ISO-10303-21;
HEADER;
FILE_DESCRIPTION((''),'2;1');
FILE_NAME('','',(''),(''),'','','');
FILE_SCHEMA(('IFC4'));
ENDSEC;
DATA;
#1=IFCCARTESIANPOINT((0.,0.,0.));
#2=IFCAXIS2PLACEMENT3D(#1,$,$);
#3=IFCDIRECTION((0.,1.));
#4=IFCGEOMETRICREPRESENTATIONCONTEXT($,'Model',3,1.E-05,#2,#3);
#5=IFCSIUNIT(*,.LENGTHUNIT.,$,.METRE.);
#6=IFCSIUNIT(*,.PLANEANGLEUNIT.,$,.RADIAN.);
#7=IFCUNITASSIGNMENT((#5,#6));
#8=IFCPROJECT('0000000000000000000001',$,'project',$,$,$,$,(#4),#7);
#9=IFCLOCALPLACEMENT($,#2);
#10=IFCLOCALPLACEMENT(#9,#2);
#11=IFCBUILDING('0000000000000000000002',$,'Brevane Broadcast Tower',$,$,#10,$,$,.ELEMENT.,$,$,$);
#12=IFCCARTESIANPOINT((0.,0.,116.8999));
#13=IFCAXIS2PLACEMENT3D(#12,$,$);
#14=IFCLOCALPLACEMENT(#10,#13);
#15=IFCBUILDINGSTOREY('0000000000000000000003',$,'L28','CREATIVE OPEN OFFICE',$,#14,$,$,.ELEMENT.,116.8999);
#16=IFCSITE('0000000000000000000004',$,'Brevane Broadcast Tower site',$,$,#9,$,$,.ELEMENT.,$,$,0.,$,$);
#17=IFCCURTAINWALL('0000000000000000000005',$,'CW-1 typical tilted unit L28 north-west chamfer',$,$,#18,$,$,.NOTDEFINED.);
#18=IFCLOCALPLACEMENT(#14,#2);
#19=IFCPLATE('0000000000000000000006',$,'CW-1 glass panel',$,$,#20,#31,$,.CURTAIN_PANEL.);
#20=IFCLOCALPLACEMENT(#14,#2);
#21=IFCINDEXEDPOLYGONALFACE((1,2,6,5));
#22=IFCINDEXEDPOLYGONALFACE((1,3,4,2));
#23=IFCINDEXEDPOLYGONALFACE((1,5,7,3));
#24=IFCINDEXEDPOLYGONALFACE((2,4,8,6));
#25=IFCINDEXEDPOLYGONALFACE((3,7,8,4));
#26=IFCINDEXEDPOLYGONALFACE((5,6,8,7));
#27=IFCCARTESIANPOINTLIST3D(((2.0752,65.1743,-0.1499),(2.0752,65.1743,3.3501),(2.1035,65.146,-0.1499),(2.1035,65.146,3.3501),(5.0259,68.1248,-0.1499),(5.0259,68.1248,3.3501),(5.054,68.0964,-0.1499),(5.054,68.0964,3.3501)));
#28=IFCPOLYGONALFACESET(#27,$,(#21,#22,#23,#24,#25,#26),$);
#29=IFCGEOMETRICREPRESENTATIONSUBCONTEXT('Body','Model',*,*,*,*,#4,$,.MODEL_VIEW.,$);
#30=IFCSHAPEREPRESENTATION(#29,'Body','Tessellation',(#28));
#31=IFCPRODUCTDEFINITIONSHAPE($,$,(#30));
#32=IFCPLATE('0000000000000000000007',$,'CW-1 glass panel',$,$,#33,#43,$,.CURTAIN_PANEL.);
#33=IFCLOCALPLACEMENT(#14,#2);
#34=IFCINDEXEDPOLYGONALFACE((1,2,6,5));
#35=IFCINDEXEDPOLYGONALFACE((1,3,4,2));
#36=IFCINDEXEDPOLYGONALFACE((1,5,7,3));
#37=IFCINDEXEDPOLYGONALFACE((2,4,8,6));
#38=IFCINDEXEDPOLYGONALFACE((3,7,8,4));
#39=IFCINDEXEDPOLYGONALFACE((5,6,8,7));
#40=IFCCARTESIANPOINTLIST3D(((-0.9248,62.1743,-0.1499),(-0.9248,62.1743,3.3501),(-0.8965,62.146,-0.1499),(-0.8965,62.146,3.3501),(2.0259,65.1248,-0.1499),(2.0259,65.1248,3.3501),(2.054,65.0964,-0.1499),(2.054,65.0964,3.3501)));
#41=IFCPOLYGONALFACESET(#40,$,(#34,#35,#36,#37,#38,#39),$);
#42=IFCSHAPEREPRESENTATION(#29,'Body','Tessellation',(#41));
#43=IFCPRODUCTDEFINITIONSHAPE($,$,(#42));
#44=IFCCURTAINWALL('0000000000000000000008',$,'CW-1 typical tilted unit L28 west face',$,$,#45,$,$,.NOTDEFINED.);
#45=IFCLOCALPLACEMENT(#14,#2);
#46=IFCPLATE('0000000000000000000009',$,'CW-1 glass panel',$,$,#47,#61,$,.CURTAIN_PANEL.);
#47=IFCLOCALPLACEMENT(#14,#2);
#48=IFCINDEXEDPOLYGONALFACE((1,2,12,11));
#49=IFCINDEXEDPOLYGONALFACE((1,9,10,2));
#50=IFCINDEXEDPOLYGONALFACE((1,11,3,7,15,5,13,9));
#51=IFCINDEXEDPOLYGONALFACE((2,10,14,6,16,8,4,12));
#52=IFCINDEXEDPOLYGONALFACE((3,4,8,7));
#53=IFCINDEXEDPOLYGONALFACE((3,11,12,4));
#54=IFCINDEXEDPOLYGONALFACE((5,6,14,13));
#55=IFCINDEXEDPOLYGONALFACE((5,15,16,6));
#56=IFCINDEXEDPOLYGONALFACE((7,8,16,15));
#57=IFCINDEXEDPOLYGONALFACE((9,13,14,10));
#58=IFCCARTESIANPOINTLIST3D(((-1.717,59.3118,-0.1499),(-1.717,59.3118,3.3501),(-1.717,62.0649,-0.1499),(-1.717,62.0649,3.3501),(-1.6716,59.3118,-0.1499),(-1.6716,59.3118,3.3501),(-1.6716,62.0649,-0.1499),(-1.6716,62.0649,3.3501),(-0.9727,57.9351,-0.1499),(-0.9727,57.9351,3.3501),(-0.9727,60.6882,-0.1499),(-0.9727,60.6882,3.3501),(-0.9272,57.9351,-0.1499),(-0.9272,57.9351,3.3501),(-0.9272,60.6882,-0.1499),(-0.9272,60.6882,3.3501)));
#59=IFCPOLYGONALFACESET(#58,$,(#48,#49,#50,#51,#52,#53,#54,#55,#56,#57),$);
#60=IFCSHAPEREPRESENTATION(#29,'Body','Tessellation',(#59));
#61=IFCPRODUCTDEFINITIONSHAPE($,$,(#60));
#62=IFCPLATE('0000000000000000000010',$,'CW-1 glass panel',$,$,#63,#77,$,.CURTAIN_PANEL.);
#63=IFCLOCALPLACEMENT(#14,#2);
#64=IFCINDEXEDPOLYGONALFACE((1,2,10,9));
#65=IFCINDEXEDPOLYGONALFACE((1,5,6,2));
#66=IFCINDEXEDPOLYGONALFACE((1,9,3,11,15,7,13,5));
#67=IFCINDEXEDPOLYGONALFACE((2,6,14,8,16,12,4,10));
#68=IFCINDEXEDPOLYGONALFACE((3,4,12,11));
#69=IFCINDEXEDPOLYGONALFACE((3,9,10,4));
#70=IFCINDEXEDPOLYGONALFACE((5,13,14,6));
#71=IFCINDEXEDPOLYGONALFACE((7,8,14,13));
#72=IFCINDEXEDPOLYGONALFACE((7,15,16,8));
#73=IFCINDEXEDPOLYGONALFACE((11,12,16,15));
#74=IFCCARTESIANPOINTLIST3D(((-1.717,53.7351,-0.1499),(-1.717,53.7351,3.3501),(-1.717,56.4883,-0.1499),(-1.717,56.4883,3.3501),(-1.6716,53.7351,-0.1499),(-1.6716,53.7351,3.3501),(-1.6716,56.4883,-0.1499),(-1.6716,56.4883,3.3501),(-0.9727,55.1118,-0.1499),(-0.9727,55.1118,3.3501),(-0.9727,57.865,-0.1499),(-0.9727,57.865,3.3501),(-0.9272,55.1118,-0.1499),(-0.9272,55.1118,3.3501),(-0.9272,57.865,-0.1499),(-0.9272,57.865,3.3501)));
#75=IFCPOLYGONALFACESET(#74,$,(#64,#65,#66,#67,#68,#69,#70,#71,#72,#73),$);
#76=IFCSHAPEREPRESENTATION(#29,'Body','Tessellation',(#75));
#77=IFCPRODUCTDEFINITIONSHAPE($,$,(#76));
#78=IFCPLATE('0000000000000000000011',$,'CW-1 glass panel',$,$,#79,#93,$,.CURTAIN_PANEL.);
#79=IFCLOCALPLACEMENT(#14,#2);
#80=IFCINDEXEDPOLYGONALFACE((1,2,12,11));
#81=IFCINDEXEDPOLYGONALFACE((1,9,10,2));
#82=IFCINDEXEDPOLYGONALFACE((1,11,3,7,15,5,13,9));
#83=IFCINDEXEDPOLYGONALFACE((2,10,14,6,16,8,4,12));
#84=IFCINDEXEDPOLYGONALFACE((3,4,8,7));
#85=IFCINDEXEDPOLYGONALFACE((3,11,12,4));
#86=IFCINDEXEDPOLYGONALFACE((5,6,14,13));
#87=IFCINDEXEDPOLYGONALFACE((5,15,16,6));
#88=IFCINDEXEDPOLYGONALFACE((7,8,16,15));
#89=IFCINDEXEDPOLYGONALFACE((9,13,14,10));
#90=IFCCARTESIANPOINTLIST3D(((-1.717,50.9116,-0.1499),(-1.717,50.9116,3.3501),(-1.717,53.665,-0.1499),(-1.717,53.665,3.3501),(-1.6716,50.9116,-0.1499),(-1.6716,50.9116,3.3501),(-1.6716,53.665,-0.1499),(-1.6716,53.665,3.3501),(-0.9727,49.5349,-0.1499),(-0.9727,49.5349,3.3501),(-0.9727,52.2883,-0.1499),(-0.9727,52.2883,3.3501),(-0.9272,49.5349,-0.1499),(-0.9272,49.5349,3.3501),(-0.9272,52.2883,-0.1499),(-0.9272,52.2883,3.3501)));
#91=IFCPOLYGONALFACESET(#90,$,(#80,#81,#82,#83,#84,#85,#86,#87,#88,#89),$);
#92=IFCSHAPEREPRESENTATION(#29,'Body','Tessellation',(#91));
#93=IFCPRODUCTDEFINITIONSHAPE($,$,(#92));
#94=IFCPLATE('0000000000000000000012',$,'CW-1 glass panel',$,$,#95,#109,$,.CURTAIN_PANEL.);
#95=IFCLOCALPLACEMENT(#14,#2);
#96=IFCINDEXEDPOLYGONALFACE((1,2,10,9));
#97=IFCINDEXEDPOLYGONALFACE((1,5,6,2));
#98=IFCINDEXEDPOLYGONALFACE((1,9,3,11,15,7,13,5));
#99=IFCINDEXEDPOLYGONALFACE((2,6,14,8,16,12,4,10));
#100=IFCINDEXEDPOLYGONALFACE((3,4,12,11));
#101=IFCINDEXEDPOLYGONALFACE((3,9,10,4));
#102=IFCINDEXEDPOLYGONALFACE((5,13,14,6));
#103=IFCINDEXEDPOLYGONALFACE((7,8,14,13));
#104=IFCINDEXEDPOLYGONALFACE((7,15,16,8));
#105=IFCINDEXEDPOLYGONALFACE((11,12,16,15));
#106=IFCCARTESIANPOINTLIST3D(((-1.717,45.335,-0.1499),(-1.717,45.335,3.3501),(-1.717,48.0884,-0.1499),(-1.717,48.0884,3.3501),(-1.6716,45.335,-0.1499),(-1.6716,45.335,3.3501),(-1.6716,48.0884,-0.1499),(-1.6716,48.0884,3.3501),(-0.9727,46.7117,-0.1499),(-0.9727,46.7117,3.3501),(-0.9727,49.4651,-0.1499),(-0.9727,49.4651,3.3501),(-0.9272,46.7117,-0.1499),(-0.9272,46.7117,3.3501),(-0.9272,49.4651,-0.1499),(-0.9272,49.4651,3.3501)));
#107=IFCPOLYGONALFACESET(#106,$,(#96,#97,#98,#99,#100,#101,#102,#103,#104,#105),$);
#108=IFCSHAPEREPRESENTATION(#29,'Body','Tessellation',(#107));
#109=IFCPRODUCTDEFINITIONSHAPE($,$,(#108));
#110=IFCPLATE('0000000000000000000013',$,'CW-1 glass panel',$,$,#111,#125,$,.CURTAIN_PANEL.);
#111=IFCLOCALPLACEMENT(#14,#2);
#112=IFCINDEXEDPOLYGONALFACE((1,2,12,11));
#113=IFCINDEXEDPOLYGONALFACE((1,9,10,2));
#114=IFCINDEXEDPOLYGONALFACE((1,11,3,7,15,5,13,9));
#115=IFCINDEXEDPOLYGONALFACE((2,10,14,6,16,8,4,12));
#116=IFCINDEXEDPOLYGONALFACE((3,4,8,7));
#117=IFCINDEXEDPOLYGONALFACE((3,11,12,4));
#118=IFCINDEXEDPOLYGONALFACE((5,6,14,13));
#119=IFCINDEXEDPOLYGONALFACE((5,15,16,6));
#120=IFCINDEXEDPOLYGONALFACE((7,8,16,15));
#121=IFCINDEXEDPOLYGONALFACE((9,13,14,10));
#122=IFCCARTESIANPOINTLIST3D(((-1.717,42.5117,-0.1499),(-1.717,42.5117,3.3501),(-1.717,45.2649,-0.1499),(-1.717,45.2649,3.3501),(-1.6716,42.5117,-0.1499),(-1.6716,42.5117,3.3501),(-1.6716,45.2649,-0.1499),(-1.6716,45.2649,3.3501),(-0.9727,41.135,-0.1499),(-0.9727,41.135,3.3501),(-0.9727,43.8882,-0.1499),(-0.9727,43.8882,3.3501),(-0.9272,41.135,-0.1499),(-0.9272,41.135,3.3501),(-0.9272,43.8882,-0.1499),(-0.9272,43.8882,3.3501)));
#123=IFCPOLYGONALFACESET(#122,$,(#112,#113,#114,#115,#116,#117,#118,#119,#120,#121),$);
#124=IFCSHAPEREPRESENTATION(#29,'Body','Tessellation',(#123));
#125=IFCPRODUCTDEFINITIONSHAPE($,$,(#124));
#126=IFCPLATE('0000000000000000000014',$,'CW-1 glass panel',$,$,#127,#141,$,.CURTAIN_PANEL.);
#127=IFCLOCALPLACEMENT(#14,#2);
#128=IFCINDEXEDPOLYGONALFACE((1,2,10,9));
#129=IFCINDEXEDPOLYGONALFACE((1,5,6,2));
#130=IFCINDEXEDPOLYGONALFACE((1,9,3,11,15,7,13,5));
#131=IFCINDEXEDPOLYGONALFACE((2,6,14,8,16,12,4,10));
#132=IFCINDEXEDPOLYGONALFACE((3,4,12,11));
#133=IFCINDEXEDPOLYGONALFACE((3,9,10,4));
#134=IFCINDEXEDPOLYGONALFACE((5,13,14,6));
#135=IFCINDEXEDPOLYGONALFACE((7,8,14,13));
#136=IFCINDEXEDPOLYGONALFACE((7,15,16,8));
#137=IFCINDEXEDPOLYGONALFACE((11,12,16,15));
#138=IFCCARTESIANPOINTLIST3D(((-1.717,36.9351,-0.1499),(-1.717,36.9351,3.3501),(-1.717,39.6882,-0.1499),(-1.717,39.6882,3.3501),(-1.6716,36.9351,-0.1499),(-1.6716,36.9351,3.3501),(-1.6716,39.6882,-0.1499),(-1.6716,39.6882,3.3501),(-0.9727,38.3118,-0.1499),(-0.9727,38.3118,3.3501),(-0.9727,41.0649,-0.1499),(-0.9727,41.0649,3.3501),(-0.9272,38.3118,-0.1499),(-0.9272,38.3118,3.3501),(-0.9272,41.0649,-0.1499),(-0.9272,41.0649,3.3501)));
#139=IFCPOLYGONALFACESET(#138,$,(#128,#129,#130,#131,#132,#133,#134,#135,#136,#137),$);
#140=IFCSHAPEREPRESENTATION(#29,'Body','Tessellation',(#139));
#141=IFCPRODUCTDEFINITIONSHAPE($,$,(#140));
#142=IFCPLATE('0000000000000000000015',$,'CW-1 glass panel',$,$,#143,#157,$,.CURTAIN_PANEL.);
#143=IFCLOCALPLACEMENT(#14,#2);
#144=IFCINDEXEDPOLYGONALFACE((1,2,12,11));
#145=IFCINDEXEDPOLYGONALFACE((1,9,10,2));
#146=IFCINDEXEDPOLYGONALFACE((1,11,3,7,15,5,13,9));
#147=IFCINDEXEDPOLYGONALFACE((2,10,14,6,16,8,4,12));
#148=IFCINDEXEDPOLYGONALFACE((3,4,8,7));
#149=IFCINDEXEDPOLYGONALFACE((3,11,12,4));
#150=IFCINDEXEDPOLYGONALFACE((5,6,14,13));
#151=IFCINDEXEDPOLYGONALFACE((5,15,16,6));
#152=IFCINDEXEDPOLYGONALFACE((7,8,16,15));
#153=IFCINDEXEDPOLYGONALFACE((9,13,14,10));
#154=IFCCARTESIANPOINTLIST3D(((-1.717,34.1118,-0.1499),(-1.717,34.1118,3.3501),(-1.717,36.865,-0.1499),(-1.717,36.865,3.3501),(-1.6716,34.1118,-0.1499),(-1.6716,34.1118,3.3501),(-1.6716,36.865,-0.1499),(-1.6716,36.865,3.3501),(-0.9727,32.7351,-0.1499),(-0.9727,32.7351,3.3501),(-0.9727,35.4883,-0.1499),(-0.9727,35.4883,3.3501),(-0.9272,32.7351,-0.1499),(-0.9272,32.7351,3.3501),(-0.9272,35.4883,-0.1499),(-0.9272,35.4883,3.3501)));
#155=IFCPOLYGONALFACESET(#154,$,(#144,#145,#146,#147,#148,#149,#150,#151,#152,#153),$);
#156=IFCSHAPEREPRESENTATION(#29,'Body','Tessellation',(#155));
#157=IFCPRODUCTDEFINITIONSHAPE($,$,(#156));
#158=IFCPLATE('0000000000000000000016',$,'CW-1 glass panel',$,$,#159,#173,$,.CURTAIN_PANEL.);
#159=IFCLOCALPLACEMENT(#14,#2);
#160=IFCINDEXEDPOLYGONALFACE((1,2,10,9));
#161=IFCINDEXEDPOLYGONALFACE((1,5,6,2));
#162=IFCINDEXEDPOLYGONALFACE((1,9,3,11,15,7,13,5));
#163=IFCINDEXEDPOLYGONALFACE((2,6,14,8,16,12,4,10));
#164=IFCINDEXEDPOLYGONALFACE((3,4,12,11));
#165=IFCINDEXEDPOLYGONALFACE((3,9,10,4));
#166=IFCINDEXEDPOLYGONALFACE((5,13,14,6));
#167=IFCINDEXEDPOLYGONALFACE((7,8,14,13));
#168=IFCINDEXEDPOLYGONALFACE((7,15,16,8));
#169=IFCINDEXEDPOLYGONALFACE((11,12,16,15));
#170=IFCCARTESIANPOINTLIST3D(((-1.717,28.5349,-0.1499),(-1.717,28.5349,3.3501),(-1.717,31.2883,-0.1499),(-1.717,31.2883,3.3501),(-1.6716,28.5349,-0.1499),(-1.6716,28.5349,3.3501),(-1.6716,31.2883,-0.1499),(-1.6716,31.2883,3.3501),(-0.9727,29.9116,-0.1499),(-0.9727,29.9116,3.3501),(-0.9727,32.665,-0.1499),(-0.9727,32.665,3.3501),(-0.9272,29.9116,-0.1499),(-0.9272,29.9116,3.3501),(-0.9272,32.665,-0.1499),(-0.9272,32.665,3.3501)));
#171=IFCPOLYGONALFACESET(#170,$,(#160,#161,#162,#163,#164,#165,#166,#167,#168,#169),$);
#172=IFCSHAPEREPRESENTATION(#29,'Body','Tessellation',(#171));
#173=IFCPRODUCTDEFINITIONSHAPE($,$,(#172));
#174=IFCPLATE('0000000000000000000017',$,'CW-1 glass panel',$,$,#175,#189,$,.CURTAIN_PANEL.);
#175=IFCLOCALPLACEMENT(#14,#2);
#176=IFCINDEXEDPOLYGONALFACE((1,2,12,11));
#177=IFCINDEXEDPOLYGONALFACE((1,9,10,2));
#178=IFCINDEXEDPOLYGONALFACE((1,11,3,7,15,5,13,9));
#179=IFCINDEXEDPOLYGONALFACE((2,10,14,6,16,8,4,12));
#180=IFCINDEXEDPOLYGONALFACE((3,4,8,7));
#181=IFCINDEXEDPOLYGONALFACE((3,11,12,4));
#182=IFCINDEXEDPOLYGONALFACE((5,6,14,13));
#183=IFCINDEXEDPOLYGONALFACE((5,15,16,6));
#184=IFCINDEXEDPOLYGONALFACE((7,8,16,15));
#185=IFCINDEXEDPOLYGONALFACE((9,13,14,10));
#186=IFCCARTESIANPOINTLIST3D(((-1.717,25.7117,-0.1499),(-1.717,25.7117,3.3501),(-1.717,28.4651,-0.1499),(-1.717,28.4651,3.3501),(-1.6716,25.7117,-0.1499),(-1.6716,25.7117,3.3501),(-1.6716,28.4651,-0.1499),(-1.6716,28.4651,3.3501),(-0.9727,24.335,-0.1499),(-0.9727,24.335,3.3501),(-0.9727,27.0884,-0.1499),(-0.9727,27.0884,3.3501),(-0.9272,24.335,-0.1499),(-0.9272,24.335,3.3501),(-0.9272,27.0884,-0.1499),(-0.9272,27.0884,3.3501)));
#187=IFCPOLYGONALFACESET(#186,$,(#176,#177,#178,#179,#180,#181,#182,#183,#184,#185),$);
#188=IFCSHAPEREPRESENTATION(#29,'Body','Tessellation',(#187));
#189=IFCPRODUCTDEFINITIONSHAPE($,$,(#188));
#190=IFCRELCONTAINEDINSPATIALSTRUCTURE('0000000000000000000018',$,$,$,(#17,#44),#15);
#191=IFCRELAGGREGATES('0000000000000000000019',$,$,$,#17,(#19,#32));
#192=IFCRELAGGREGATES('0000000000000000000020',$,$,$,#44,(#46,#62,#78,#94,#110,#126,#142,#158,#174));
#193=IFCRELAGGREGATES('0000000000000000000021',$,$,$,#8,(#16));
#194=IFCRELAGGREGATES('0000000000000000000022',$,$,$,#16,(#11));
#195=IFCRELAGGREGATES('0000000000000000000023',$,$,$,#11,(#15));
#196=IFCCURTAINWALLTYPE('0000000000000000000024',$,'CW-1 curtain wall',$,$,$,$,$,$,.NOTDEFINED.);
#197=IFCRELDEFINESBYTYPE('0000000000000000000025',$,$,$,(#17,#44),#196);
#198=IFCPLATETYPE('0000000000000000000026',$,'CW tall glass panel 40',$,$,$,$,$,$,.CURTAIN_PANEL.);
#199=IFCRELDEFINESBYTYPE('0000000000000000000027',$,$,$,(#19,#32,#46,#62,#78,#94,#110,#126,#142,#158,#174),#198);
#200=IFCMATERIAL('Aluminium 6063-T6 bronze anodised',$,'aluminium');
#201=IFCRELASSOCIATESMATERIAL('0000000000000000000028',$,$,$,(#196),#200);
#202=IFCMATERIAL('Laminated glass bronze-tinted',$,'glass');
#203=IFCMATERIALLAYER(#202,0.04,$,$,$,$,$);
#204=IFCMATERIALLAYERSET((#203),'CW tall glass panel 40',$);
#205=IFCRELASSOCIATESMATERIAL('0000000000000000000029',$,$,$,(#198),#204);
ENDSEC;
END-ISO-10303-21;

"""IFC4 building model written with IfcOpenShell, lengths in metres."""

from ifc_helpers import new_model, si_unit, direction, frame, origin, place, context, subcontext, project, spatial, polyline, outline, extrude, material, layer, layer_set, type_object, element, aggregate, save


model = new_model("IFC4")

# Units and contexts
model_context = context("Model", 3, precision=1e-05, world=origin(), true_north=direction((0.0, 1.0)))
body_context = subcontext(model_context, "Body", "Model", "MODEL_VIEW")
ifc_project = project(units=[si_unit("LENGTHUNIT", "METRE"), si_unit("PLANEANGLEUNIT", "RADIAN")], contexts=[model_context])

# Site, building, storey
site_placement = place(None, origin())
site = spatial("IfcSite", under=ifc_project, at=site_placement, Name="Brevane Broadcast Tower site", CompositionType="ELEMENT", RefElevation=0.0)
building_placement = place(site_placement, origin())
building = spatial("IfcBuilding", under=site, at=building_placement, Name="Brevane Broadcast Tower", CompositionType="ELEMENT")
storey_placement = place(building_placement, frame((0.0, 0.0, 116.8999)))
storey = spatial("IfcBuildingStorey", under=building, at=storey_placement, Name="L28", Description="CREATIVE OPEN OFFICE", CompositionType="ELEMENT", Elevation=116.8999)

# Curtain walls, plates
ifc_material_1 = material(Name="Aluminium 6063-T6 bronze anodised", Category="aluminium")
curtain_wall_type = type_object("IfcCurtainWallType", Name="CW-1 curtain wall", PredefinedType="NOTDEFINED", material=ifc_material_1)
curtain_wall_1_placement = place(storey_placement, origin())
curtain_wall_1 = element("IfcCurtainWall", 1, at=curtain_wall_1_placement, inside=storey, type_object=curtain_wall_type, Name="CW-1 typical tilted unit L28 north-west chamfer", PredefinedType="NOTDEFINED")
ifc_material_2 = material(Name="Laminated glass bronze-tinted", Category="glass")
ifc_layer_1 = layer(ifc_material_2, 0.04)
ifc_layer_set_1 = layer_set([ifc_layer_1], Name="CW tall glass panel 40")
plate_type = type_object("IfcPlateType", Name="CW tall glass panel 40", PredefinedType="CURTAIN_PANEL", material=ifc_layer_set_1)
plate_1_placement = place(storey_placement, frame((0.0, 0.0, -0.1499)))
plate_1 = element("IfcPlate", 2, at=plate_1_placement, type_object=plate_type, Name="CW-1 glass panel", PredefinedType="CURTAIN_PANEL", context=body_context, shape_type="SweptSolid", body=[
    extrude(outline(polyline([(5.054, 68.0964), (2.1035, 65.146), (2.0752, 65.1743), (5.0259, 68.1248), (5.054, 68.0964)])), origin(), (0.0, 0.0, 1.0), 3.5),
])
plate_2_placement = place(storey_placement, frame((0.0, 0.0, -0.1499)))
plate_2 = element("IfcPlate", 3, at=plate_2_placement, type_object=plate_type, Name="CW-1 glass panel", PredefinedType="CURTAIN_PANEL", context=body_context, shape_type="SweptSolid", body=[
    extrude(outline(polyline([(2.054, 65.0964), (-0.8965, 62.146), (-0.9248, 62.1743), (2.0259, 65.1248), (2.054, 65.0964)])), origin(), (0.0, 0.0, 1.0), 3.5),
])
aggregate(curtain_wall_1, [plate_1, plate_2])
curtain_wall_2_placement = place(storey_placement, origin())
curtain_wall_2 = element("IfcCurtainWall", 4, at=curtain_wall_2_placement, inside=storey, type_object=curtain_wall_type, Name="CW-1 typical tilted unit L28 west face", PredefinedType="NOTDEFINED")
plate_3_placement = place(storey_placement, frame((0.0, 0.0, -0.1499)))
plate_3 = element("IfcPlate", 5, at=plate_3_placement, type_object=plate_type, Name="CW-1 glass panel", PredefinedType="CURTAIN_PANEL", context=body_context, shape_type="SweptSolid", body=[
    extrude(outline(polyline([(-1.6716, 62.0649), (-1.717, 62.0649), (-0.9727, 60.6882), (-1.717, 59.3118), (-0.9727, 57.9351), (-0.9272, 57.9351), (-1.6716, 59.3118), (-0.9272, 60.6882), (-1.6716, 62.0649)])), origin(), (0.0, 0.0, 1.0), 3.5),
])
plate_4_placement = place(storey_placement, frame((0.0, 0.0, -0.1499)))
plate_4 = element("IfcPlate", 6, at=plate_4_placement, type_object=plate_type, Name="CW-1 glass panel", PredefinedType="CURTAIN_PANEL", context=body_context, shape_type="SweptSolid", body=[
    extrude(outline(polyline([(-0.9272, 57.865), (-0.9727, 57.865), (-1.717, 56.4883), (-0.9727, 55.1118), (-1.717, 53.7351), (-1.6716, 53.7351), (-0.9272, 55.1118), (-1.6716, 56.4883), (-0.9272, 57.865)])), origin(), (0.0, 0.0, 1.0), 3.5),
])
plate_5_placement = place(storey_placement, frame((0.0, 0.0, -0.1499)))
plate_5 = element("IfcPlate", 7, at=plate_5_placement, type_object=plate_type, Name="CW-1 glass panel", PredefinedType="CURTAIN_PANEL", context=body_context, shape_type="SweptSolid", body=[
    extrude(outline(polyline([(-1.6716, 53.665), (-1.717, 53.665), (-0.9727, 52.2883), (-1.717, 50.9116), (-0.9727, 49.5349), (-0.9272, 49.5349), (-1.6716, 50.9116), (-0.9272, 52.2883), (-1.6716, 53.665)])), origin(), (0.0, 0.0, 1.0), 3.5),
])
plate_6_placement = place(storey_placement, frame((0.0, 0.0, -0.1499)))
plate_6 = element("IfcPlate", 8, at=plate_6_placement, type_object=plate_type, Name="CW-1 glass panel", PredefinedType="CURTAIN_PANEL", context=body_context, shape_type="SweptSolid", body=[
    extrude(outline(polyline([(-0.9272, 49.4651), (-0.9727, 49.4651), (-1.717, 48.0884), (-0.9727, 46.7117), (-1.717, 45.335), (-1.6716, 45.335), (-0.9272, 46.7117), (-1.6716, 48.0884), (-0.9272, 49.4651)])), origin(), (0.0, 0.0, 1.0), 3.5),
])
plate_7_placement = place(storey_placement, frame((0.0, 0.0, -0.1499)))
plate_7 = element("IfcPlate", 9, at=plate_7_placement, type_object=plate_type, Name="CW-1 glass panel", PredefinedType="CURTAIN_PANEL", context=body_context, shape_type="SweptSolid", body=[
    extrude(outline(polyline([(-1.6716, 45.2649), (-1.717, 45.2649), (-0.9727, 43.8882), (-1.717, 42.5117), (-0.9727, 41.135), (-0.9272, 41.135), (-1.6716, 42.5117), (-0.9272, 43.8882), (-1.6716, 45.2649)])), origin(), (0.0, 0.0, 1.0), 3.5),
])
plate_8_placement = place(storey_placement, frame((0.0, 0.0, -0.1499)))
plate_8 = element("IfcPlate", 10, at=plate_8_placement, type_object=plate_type, Name="CW-1 glass panel", PredefinedType="CURTAIN_PANEL", context=body_context, shape_type="SweptSolid", body=[
    extrude(outline(polyline([(-0.9272, 41.0649), (-0.9727, 41.0649), (-1.717, 39.6882), (-0.9727, 38.3118), (-1.717, 36.9351), (-1.6716, 36.9351), (-0.9272, 38.3118), (-1.6716, 39.6882), (-0.9272, 41.0649)])), origin(), (0.0, 0.0, 1.0), 3.5),
])
plate_9_placement = place(storey_placement, frame((0.0, 0.0, -0.1499)))
plate_9 = element("IfcPlate", 11, at=plate_9_placement, type_object=plate_type, Name="CW-1 glass panel", PredefinedType="CURTAIN_PANEL", context=body_context, shape_type="SweptSolid", body=[
    extrude(outline(polyline([(-1.6716, 36.865), (-1.717, 36.865), (-0.9727, 35.4883), (-1.717, 34.1118), (-0.9727, 32.7351), (-0.9272, 32.7351), (-1.6716, 34.1118), (-0.9272, 35.4883), (-1.6716, 36.865)])), origin(), (0.0, 0.0, 1.0), 3.5),
])
plate_10_placement = place(storey_placement, frame((0.0, 0.0, -0.1499)))
plate_10 = element("IfcPlate", 12, at=plate_10_placement, type_object=plate_type, Name="CW-1 glass panel", PredefinedType="CURTAIN_PANEL", context=body_context, shape_type="SweptSolid", body=[
    extrude(outline(polyline([(-0.9272, 32.665), (-0.9727, 32.665), (-1.717, 31.2883), (-0.9727, 29.9116), (-1.717, 28.5349), (-1.6716, 28.5349), (-0.9272, 29.9116), (-1.6716, 31.2883), (-0.9272, 32.665)])), origin(), (0.0, 0.0, 1.0), 3.5),
])
plate_11_placement = place(storey_placement, frame((0.0, 0.0, -0.1499)))
plate_11 = element("IfcPlate", 13, at=plate_11_placement, type_object=plate_type, Name="CW-1 glass panel", PredefinedType="CURTAIN_PANEL", context=body_context, shape_type="SweptSolid", body=[
    extrude(outline(polyline([(-1.6716, 28.4651), (-1.717, 28.4651), (-0.9727, 27.0884), (-1.717, 25.7117), (-0.9727, 24.335), (-0.9272, 24.335), (-1.6716, 25.7117), (-0.9272, 27.0884), (-1.6716, 28.4651)])), origin(), (0.0, 0.0, 1.0), 3.5),
])
aggregate(curtain_wall_2, [plate_3, plate_4, plate_5, plate_6, plate_7, plate_8, plate_9, plate_10, plate_11])

save(model, "model.ifc")
